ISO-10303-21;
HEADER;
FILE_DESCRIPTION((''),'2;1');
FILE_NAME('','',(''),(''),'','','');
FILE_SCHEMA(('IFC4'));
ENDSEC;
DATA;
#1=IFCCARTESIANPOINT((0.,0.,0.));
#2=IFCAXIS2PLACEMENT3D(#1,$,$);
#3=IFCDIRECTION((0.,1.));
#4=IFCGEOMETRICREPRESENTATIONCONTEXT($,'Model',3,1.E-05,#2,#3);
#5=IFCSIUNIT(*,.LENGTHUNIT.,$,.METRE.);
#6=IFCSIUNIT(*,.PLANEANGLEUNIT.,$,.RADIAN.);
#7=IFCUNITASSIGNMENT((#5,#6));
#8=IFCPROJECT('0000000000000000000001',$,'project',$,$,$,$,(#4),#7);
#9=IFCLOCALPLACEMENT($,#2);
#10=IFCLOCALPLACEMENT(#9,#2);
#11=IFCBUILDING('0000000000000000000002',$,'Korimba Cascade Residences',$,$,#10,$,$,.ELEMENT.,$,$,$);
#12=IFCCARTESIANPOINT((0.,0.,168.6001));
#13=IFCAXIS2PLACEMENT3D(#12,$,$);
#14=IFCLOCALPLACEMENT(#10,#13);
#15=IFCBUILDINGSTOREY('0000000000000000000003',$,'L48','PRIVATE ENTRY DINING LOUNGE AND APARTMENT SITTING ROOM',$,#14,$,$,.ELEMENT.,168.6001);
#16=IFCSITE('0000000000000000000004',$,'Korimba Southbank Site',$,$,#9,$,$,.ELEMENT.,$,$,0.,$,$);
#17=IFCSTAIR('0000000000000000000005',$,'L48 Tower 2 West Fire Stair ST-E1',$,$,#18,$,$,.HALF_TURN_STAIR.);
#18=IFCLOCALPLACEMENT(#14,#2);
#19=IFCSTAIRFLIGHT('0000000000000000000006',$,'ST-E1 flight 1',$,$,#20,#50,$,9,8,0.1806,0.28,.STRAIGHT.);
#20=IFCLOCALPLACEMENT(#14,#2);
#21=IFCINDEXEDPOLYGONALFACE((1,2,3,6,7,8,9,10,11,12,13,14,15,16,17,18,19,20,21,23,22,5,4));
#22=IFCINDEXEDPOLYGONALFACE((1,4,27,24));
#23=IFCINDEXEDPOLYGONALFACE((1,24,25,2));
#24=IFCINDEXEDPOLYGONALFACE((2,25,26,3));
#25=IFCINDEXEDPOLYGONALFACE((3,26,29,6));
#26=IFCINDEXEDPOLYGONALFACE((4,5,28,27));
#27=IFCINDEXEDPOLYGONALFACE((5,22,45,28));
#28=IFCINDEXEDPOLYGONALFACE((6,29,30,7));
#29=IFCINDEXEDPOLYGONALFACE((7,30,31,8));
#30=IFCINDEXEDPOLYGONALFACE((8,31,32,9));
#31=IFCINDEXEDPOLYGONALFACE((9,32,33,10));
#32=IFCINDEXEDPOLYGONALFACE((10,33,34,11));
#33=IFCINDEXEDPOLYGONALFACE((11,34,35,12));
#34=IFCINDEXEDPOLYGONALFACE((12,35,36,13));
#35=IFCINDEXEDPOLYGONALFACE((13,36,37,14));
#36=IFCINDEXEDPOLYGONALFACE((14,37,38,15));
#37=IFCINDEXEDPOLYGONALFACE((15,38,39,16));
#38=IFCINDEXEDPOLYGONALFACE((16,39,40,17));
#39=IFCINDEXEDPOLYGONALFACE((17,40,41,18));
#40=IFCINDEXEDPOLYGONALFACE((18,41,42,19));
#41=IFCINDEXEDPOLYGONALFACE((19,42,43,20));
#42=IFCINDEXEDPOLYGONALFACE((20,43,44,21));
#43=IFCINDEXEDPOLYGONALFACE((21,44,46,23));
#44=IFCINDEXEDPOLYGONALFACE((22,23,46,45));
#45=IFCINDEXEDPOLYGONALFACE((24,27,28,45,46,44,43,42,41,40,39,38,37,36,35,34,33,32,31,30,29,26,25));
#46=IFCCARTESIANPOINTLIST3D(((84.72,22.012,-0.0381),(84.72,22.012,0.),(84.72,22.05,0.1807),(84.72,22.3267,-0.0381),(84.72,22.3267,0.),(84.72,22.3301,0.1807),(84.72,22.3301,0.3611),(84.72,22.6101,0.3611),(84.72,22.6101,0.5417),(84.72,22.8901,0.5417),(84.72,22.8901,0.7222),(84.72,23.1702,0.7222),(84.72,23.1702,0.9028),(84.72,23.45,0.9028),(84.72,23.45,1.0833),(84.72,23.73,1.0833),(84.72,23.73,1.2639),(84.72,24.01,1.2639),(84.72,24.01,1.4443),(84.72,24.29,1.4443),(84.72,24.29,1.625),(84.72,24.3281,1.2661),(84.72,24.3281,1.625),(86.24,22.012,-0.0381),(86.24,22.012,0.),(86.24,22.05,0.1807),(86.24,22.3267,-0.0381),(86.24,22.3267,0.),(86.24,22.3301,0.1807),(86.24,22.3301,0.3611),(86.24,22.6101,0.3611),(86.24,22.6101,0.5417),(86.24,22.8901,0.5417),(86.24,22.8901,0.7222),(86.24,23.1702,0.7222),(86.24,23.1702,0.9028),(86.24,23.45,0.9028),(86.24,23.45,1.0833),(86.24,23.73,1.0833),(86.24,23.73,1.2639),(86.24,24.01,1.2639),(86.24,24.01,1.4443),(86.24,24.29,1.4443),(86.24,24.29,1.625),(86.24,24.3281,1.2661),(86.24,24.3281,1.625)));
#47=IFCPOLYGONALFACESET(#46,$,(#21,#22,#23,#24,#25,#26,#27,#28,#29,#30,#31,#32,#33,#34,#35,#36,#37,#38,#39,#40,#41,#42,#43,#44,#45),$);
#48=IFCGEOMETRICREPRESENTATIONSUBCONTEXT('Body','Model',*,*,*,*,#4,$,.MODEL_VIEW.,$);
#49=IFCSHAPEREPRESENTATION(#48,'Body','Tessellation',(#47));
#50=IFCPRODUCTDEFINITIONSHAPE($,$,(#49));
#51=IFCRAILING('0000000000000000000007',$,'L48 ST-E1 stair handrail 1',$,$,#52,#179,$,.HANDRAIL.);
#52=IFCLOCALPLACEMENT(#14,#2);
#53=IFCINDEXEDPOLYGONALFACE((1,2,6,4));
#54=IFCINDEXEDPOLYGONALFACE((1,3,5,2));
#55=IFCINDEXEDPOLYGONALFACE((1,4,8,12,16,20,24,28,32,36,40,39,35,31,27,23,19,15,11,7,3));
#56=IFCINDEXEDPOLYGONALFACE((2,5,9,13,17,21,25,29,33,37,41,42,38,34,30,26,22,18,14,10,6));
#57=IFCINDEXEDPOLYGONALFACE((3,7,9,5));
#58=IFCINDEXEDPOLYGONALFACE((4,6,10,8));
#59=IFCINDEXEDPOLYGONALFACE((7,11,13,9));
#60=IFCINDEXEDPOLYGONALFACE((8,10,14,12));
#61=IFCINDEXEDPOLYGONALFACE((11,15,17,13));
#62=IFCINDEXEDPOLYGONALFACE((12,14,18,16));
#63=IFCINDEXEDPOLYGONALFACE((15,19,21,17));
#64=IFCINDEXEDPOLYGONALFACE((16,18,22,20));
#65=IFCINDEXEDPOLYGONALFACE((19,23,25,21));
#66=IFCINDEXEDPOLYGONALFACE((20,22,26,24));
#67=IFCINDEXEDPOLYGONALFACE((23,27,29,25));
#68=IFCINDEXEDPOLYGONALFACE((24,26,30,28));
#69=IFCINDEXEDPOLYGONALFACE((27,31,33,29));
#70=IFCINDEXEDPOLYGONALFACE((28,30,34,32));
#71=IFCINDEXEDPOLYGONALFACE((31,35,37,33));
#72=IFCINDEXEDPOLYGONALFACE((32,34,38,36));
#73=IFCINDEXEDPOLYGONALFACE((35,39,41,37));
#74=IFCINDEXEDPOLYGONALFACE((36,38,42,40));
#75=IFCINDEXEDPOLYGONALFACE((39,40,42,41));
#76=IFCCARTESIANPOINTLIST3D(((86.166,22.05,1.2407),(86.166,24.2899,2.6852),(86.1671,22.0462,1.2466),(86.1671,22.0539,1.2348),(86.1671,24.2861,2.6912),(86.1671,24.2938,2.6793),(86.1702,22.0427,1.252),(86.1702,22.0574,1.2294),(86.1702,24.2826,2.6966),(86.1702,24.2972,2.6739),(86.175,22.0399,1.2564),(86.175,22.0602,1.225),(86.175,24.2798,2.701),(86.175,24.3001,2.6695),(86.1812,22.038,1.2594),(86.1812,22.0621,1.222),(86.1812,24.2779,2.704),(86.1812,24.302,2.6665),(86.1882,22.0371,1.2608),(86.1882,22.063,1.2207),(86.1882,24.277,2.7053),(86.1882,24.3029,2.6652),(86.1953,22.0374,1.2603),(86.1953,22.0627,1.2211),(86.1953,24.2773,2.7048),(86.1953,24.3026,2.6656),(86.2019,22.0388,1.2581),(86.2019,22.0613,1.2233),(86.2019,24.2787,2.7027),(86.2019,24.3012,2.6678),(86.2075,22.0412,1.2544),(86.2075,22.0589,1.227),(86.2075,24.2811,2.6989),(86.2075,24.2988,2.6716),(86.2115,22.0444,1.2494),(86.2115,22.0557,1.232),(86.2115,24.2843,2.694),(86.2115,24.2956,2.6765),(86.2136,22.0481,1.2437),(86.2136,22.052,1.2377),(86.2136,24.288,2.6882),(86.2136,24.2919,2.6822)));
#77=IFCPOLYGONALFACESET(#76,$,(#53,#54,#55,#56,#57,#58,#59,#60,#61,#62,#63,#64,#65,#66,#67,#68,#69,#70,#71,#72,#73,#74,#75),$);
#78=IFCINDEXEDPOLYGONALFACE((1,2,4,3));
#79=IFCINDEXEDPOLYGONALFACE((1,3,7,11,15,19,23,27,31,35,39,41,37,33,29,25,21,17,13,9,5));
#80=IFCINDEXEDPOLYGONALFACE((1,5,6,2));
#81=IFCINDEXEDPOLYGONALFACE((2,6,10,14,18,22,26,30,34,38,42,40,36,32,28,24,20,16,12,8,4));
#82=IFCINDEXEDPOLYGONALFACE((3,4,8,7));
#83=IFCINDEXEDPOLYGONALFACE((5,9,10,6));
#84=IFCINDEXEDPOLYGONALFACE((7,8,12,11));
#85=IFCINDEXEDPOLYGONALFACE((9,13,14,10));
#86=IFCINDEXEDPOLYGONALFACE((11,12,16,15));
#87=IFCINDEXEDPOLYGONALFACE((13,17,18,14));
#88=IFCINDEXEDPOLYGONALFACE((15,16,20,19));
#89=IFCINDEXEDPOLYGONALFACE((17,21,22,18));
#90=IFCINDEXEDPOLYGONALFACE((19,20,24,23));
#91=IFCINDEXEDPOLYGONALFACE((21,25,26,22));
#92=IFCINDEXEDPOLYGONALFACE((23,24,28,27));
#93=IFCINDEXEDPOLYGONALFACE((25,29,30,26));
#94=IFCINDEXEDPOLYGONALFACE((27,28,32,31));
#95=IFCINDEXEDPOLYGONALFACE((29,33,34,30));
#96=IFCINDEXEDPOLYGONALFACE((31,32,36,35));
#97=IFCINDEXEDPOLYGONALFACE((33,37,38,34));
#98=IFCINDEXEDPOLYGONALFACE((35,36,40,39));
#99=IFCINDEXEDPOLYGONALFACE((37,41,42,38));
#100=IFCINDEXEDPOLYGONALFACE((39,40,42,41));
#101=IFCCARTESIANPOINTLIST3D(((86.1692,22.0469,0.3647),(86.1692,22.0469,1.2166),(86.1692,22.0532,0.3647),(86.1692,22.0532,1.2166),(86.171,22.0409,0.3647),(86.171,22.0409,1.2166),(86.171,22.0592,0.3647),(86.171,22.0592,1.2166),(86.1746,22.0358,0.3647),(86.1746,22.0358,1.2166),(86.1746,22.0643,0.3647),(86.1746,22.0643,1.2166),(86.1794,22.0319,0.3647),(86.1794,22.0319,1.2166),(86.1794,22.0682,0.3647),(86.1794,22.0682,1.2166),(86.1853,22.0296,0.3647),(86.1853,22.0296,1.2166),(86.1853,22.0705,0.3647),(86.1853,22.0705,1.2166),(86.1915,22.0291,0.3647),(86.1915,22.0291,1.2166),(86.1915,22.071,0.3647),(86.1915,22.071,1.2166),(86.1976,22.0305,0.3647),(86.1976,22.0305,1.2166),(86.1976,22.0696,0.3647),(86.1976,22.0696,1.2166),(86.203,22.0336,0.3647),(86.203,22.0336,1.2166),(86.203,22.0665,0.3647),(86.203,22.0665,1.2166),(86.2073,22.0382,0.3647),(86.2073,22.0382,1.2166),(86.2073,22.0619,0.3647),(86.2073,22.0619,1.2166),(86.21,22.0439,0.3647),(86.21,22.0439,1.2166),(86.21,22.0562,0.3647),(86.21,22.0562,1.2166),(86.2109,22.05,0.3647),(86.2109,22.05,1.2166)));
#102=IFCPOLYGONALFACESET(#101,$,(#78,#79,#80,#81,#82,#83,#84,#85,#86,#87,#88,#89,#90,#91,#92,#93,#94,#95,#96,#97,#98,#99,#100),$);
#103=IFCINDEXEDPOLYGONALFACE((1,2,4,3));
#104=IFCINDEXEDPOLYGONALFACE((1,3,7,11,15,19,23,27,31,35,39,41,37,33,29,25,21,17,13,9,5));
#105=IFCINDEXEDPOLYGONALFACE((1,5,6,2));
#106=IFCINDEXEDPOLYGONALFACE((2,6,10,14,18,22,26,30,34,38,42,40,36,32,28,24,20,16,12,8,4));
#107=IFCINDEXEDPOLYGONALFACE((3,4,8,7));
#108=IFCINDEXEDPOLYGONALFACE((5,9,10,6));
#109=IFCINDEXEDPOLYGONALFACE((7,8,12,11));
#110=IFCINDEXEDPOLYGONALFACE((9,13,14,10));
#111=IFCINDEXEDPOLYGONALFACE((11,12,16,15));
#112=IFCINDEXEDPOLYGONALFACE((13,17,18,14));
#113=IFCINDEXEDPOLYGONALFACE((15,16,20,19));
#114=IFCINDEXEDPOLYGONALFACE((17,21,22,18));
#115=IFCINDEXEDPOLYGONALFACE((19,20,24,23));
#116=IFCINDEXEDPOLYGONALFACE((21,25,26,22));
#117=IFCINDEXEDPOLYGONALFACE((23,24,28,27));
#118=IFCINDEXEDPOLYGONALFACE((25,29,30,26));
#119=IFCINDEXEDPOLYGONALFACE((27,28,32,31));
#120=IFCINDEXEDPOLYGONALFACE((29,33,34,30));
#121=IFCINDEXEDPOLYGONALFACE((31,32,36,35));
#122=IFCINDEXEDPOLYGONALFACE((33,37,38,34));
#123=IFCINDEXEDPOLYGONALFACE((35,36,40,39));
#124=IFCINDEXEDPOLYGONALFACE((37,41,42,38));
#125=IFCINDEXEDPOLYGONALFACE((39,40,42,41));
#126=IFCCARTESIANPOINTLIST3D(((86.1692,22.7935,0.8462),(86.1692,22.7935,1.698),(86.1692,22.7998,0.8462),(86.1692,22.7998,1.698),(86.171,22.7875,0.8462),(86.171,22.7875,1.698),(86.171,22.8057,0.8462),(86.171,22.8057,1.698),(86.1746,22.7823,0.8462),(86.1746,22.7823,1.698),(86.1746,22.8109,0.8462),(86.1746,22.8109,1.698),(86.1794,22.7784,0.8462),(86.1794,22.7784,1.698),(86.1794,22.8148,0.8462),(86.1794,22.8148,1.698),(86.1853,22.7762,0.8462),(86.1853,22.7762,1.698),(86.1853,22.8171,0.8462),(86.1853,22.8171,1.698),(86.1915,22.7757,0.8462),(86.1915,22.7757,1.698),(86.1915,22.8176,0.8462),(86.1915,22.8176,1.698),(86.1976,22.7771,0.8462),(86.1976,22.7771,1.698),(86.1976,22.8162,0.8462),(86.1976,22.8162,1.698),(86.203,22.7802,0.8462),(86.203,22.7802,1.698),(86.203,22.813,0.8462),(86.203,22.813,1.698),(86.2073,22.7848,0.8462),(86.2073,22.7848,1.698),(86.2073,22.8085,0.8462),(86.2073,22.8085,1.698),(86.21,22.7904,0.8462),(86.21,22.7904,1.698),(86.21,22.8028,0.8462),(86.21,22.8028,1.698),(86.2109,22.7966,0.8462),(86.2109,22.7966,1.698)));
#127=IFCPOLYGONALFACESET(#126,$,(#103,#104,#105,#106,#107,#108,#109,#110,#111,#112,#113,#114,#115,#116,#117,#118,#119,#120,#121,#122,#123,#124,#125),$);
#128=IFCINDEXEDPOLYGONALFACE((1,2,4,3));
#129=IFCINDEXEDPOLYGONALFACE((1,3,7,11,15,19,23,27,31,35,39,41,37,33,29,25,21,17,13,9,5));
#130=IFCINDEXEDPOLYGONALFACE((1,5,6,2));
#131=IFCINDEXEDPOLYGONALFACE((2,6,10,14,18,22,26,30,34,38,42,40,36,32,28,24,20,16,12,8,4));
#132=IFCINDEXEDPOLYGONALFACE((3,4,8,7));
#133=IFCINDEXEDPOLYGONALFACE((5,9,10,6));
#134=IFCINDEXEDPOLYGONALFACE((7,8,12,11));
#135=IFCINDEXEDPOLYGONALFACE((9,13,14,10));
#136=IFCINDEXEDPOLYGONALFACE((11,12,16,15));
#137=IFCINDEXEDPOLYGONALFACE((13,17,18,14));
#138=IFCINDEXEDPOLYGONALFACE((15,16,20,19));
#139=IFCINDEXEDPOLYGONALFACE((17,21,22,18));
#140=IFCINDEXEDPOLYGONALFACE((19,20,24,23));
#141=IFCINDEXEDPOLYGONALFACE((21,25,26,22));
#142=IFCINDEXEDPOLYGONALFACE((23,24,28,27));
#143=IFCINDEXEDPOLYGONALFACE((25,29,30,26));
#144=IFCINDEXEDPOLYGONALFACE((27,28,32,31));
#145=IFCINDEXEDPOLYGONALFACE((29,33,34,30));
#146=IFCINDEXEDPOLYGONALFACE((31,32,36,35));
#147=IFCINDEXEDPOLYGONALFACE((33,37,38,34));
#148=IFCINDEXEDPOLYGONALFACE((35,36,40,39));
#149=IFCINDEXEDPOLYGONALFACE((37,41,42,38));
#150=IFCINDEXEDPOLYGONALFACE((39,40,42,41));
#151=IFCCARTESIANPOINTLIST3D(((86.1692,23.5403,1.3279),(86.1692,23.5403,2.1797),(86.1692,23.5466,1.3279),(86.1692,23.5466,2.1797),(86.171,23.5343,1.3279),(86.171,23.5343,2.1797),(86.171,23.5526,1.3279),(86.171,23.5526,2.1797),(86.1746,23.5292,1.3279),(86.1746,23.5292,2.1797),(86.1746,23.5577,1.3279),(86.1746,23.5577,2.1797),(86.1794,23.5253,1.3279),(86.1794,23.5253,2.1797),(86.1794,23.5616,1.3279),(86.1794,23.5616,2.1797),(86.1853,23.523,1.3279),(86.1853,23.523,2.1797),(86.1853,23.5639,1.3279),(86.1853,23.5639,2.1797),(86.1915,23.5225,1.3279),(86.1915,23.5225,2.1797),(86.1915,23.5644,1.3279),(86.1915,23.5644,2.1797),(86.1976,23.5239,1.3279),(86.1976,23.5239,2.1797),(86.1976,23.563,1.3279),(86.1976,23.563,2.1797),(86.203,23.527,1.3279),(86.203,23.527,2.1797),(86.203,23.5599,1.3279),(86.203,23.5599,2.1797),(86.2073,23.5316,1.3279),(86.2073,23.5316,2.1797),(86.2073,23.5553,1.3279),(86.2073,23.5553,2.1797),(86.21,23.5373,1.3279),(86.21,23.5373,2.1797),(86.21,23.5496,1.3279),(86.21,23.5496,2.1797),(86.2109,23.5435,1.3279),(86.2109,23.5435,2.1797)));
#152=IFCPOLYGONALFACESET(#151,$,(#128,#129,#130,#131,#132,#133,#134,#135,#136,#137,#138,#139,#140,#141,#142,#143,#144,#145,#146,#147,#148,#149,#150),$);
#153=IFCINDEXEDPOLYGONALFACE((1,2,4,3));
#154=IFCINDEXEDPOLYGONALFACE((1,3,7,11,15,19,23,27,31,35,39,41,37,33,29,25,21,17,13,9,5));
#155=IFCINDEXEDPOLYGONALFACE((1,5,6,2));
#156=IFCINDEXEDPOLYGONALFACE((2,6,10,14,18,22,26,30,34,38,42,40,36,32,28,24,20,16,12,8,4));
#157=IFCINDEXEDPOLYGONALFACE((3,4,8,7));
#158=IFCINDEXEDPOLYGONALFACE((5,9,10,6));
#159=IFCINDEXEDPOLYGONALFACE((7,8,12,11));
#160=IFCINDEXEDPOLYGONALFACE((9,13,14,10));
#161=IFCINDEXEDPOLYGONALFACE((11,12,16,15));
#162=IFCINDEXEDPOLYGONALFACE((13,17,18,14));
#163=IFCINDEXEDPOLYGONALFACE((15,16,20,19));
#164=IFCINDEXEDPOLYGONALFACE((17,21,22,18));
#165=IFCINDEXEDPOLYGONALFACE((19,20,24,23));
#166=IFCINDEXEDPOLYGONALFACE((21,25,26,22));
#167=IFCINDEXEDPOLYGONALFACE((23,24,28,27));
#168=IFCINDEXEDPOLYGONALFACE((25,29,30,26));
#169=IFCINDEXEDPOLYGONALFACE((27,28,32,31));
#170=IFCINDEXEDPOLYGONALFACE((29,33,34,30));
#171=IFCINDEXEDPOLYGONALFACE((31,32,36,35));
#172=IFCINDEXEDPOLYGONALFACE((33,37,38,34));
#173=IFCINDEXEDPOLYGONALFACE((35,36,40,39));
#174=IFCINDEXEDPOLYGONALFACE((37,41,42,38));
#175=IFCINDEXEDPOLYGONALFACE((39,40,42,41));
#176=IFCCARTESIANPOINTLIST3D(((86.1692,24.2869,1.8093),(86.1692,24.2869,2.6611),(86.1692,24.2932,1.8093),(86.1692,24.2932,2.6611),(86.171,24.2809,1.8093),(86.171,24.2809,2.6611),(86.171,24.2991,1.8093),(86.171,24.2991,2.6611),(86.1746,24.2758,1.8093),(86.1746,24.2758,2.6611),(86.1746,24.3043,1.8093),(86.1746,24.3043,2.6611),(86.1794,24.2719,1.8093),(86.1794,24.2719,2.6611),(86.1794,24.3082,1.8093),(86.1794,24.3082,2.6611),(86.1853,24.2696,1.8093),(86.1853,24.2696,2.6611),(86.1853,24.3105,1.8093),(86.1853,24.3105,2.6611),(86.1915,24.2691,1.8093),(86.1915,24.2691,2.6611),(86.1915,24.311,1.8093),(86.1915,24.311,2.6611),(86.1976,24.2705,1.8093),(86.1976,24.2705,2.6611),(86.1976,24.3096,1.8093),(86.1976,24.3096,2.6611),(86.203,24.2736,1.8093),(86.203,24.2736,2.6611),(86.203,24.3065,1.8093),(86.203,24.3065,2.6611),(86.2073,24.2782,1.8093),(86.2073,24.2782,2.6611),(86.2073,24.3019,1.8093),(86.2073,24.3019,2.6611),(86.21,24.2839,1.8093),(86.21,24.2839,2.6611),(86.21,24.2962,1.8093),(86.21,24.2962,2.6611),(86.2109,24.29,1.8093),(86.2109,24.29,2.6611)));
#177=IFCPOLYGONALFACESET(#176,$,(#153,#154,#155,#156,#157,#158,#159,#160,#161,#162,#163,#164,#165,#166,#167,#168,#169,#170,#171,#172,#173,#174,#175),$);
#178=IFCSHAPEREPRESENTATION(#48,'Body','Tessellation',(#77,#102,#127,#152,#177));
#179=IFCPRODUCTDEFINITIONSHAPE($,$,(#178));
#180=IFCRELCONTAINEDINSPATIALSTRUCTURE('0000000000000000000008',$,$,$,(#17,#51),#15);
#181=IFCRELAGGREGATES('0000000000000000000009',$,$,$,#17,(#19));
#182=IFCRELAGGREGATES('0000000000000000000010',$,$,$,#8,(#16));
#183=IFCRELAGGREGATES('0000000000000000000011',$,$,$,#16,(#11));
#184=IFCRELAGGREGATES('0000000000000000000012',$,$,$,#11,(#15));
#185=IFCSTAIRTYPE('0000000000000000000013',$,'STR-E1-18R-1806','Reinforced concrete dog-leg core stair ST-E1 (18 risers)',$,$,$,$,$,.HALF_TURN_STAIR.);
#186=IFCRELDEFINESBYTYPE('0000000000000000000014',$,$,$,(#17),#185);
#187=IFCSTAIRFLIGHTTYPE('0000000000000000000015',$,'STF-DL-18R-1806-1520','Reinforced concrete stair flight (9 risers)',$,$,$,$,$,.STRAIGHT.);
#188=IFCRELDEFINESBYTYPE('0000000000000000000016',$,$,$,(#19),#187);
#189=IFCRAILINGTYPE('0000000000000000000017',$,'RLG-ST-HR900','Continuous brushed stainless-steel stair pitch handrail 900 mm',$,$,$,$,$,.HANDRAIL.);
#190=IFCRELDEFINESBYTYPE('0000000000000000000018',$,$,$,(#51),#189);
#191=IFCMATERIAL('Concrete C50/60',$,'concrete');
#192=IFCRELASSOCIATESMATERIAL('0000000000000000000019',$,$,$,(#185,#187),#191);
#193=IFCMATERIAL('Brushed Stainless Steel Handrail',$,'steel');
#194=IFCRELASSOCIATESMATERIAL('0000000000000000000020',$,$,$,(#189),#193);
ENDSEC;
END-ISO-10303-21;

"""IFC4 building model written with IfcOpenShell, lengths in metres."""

from ifc_helpers import new_model, si_unit, direction, frame, origin, origin_2d, place, context, subcontext, project, spatial, polyline, circle, outline, extrude, material, type_object, element, aggregate, save


model = new_model("IFC4")

# Units and contexts
model_context = context("Model", 3, precision=1e-05, world=origin(), true_north=direction((0.0, 1.0)))
body_context = subcontext(model_context, "Body", "Model", "MODEL_VIEW")
ifc_project = project(units=[si_unit("LENGTHUNIT", "METRE"), si_unit("PLANEANGLEUNIT", "RADIAN")], contexts=[model_context])

# Site, building, storey
site_placement = place(None, origin())
site = spatial("IfcSite", under=ifc_project, at=site_placement, Name="Korimba Southbank Site", CompositionType="ELEMENT", RefElevation=0.0)
building_placement = place(site_placement, origin())
building = spatial("IfcBuilding", under=site, at=building_placement, Name="Korimba Cascade Residences", CompositionType="ELEMENT")
storey_placement = place(building_placement, frame((0.0, 0.0, 168.6001)))
storey = spatial("IfcBuildingStorey", under=building, at=storey_placement, Name="L48", Description="PRIVATE ENTRY DINING LOUNGE AND APARTMENT SITTING ROOM", CompositionType="ELEMENT", Elevation=168.6001)

# Shared definitions
ifc_material_1 = material(Name="Concrete C50/60", Category="concrete")

# Stair, stair flight
stair_type = type_object("IfcStairType", Name="STR-E1-18R-1806", Description="Reinforced concrete dog-leg core stair ST-E1 (18 risers)", PredefinedType="HALF_TURN_STAIR", material=ifc_material_1)
stair_placement = place(storey_placement, origin())
stair = element("IfcStair", 1, at=stair_placement, inside=storey, type_object=stair_type, Name="L48 Tower 2 West Fire Stair ST-E1", PredefinedType="HALF_TURN_STAIR")
stair_flight_type = type_object("IfcStairFlightType", Name="STF-DL-18R-1806-1520", Description="Reinforced concrete stair flight (9 risers)", PredefinedType="STRAIGHT", material=ifc_material_1)
stair_flight_placement = place(storey_placement, frame((85.48, 22.05, 0.0), z_axis=(0.0, 0.0, 1.0), x_axis=(0.0, 1.0, 0.0)))
stair_flight = element("IfcStairFlight", 2, at=stair_flight_placement, type_object=stair_flight_type, Name="ST-E1 flight 1", NumberOfRisers=9, NumberOfTreads=8, PredefinedType="STRAIGHT", RiserHeight=0.1806, TreadLength=0.28, context=body_context, shape_type="SweptSolid", body=[
    extrude(outline(polyline([(-0.0381, 0.0), (0.0, 0.1807), (0.28, 0.1807), (0.28, 0.3611), (0.5601, 0.3611), (0.5601, 0.5417), (0.8401, 0.5417), (0.8401, 0.7222), (1.1201, 0.7222), (1.1201, 0.9028), (1.3999, 0.9028), (1.3999, 1.0833), (1.6799, 1.0833), (1.6799, 1.2639), (1.96, 1.2639), (1.96, 1.4443), (2.24, 1.4443), (2.24, 1.625), (2.2781, 1.625), (2.2781, 1.2661), (0.2766, 0.0), (0.2766, -0.0381), (-0.0381, -0.0381), (-0.0381, 0.0)])), frame((0.0, 0.76, 0.0), z_axis=(0.0, -1.0, 0.0), x_axis=(1.0, 0.0, 0.0)), (0.0, 0.0, 1.0), 1.52),
])
aggregate(stair, [stair_flight])

# Railing
ifc_material_2 = material(Name="Brushed Stainless Steel Handrail", Category="steel")
railing_type = type_object("IfcRailingType", Name="RLG-ST-HR900", Description="Continuous brushed stainless-steel stair pitch handrail 900 mm", PredefinedType="HANDRAIL", material=ifc_material_2)
railing_placement = place(storey_placement, frame((86.1899, 22.05, 0.3647)))
element("IfcRailing", 3, at=railing_placement, inside=storey, type_object=railing_type, Name="L48 ST-E1 stair handrail 1", PredefinedType="HANDRAIL", context=body_context, shape_type="SweptSolid", body=[
    extrude(circle(Radius=0.0239, at=origin_2d()), frame((0.0, 0.0, 0.876), z_axis=(0.0, 0.840395, 0.541975), x_axis=(-1.0, 0.0, 0.0)), (0.0, 0.0, 1.0), 2.6653),
    extrude(circle(Radius=0.021, at=origin_2d()), origin(), (0.0, 0.0, 1.0), 0.8518),
    extrude(circle(Radius=0.021, at=origin_2d()), frame((0.0, 0.7466, 0.4814)), (0.0, 0.0, 1.0), 0.8518),
    extrude(circle(Radius=0.021, at=origin_2d()), frame((0.0, 1.4934, 0.9631)), (0.0, 0.0, 1.0), 0.8518),
    extrude(circle(Radius=0.021, at=origin_2d()), frame((0.0, 2.24, 1.4446)), (0.0, 0.0, 1.0), 0.8518),
])

save(model, "model.ifc")
